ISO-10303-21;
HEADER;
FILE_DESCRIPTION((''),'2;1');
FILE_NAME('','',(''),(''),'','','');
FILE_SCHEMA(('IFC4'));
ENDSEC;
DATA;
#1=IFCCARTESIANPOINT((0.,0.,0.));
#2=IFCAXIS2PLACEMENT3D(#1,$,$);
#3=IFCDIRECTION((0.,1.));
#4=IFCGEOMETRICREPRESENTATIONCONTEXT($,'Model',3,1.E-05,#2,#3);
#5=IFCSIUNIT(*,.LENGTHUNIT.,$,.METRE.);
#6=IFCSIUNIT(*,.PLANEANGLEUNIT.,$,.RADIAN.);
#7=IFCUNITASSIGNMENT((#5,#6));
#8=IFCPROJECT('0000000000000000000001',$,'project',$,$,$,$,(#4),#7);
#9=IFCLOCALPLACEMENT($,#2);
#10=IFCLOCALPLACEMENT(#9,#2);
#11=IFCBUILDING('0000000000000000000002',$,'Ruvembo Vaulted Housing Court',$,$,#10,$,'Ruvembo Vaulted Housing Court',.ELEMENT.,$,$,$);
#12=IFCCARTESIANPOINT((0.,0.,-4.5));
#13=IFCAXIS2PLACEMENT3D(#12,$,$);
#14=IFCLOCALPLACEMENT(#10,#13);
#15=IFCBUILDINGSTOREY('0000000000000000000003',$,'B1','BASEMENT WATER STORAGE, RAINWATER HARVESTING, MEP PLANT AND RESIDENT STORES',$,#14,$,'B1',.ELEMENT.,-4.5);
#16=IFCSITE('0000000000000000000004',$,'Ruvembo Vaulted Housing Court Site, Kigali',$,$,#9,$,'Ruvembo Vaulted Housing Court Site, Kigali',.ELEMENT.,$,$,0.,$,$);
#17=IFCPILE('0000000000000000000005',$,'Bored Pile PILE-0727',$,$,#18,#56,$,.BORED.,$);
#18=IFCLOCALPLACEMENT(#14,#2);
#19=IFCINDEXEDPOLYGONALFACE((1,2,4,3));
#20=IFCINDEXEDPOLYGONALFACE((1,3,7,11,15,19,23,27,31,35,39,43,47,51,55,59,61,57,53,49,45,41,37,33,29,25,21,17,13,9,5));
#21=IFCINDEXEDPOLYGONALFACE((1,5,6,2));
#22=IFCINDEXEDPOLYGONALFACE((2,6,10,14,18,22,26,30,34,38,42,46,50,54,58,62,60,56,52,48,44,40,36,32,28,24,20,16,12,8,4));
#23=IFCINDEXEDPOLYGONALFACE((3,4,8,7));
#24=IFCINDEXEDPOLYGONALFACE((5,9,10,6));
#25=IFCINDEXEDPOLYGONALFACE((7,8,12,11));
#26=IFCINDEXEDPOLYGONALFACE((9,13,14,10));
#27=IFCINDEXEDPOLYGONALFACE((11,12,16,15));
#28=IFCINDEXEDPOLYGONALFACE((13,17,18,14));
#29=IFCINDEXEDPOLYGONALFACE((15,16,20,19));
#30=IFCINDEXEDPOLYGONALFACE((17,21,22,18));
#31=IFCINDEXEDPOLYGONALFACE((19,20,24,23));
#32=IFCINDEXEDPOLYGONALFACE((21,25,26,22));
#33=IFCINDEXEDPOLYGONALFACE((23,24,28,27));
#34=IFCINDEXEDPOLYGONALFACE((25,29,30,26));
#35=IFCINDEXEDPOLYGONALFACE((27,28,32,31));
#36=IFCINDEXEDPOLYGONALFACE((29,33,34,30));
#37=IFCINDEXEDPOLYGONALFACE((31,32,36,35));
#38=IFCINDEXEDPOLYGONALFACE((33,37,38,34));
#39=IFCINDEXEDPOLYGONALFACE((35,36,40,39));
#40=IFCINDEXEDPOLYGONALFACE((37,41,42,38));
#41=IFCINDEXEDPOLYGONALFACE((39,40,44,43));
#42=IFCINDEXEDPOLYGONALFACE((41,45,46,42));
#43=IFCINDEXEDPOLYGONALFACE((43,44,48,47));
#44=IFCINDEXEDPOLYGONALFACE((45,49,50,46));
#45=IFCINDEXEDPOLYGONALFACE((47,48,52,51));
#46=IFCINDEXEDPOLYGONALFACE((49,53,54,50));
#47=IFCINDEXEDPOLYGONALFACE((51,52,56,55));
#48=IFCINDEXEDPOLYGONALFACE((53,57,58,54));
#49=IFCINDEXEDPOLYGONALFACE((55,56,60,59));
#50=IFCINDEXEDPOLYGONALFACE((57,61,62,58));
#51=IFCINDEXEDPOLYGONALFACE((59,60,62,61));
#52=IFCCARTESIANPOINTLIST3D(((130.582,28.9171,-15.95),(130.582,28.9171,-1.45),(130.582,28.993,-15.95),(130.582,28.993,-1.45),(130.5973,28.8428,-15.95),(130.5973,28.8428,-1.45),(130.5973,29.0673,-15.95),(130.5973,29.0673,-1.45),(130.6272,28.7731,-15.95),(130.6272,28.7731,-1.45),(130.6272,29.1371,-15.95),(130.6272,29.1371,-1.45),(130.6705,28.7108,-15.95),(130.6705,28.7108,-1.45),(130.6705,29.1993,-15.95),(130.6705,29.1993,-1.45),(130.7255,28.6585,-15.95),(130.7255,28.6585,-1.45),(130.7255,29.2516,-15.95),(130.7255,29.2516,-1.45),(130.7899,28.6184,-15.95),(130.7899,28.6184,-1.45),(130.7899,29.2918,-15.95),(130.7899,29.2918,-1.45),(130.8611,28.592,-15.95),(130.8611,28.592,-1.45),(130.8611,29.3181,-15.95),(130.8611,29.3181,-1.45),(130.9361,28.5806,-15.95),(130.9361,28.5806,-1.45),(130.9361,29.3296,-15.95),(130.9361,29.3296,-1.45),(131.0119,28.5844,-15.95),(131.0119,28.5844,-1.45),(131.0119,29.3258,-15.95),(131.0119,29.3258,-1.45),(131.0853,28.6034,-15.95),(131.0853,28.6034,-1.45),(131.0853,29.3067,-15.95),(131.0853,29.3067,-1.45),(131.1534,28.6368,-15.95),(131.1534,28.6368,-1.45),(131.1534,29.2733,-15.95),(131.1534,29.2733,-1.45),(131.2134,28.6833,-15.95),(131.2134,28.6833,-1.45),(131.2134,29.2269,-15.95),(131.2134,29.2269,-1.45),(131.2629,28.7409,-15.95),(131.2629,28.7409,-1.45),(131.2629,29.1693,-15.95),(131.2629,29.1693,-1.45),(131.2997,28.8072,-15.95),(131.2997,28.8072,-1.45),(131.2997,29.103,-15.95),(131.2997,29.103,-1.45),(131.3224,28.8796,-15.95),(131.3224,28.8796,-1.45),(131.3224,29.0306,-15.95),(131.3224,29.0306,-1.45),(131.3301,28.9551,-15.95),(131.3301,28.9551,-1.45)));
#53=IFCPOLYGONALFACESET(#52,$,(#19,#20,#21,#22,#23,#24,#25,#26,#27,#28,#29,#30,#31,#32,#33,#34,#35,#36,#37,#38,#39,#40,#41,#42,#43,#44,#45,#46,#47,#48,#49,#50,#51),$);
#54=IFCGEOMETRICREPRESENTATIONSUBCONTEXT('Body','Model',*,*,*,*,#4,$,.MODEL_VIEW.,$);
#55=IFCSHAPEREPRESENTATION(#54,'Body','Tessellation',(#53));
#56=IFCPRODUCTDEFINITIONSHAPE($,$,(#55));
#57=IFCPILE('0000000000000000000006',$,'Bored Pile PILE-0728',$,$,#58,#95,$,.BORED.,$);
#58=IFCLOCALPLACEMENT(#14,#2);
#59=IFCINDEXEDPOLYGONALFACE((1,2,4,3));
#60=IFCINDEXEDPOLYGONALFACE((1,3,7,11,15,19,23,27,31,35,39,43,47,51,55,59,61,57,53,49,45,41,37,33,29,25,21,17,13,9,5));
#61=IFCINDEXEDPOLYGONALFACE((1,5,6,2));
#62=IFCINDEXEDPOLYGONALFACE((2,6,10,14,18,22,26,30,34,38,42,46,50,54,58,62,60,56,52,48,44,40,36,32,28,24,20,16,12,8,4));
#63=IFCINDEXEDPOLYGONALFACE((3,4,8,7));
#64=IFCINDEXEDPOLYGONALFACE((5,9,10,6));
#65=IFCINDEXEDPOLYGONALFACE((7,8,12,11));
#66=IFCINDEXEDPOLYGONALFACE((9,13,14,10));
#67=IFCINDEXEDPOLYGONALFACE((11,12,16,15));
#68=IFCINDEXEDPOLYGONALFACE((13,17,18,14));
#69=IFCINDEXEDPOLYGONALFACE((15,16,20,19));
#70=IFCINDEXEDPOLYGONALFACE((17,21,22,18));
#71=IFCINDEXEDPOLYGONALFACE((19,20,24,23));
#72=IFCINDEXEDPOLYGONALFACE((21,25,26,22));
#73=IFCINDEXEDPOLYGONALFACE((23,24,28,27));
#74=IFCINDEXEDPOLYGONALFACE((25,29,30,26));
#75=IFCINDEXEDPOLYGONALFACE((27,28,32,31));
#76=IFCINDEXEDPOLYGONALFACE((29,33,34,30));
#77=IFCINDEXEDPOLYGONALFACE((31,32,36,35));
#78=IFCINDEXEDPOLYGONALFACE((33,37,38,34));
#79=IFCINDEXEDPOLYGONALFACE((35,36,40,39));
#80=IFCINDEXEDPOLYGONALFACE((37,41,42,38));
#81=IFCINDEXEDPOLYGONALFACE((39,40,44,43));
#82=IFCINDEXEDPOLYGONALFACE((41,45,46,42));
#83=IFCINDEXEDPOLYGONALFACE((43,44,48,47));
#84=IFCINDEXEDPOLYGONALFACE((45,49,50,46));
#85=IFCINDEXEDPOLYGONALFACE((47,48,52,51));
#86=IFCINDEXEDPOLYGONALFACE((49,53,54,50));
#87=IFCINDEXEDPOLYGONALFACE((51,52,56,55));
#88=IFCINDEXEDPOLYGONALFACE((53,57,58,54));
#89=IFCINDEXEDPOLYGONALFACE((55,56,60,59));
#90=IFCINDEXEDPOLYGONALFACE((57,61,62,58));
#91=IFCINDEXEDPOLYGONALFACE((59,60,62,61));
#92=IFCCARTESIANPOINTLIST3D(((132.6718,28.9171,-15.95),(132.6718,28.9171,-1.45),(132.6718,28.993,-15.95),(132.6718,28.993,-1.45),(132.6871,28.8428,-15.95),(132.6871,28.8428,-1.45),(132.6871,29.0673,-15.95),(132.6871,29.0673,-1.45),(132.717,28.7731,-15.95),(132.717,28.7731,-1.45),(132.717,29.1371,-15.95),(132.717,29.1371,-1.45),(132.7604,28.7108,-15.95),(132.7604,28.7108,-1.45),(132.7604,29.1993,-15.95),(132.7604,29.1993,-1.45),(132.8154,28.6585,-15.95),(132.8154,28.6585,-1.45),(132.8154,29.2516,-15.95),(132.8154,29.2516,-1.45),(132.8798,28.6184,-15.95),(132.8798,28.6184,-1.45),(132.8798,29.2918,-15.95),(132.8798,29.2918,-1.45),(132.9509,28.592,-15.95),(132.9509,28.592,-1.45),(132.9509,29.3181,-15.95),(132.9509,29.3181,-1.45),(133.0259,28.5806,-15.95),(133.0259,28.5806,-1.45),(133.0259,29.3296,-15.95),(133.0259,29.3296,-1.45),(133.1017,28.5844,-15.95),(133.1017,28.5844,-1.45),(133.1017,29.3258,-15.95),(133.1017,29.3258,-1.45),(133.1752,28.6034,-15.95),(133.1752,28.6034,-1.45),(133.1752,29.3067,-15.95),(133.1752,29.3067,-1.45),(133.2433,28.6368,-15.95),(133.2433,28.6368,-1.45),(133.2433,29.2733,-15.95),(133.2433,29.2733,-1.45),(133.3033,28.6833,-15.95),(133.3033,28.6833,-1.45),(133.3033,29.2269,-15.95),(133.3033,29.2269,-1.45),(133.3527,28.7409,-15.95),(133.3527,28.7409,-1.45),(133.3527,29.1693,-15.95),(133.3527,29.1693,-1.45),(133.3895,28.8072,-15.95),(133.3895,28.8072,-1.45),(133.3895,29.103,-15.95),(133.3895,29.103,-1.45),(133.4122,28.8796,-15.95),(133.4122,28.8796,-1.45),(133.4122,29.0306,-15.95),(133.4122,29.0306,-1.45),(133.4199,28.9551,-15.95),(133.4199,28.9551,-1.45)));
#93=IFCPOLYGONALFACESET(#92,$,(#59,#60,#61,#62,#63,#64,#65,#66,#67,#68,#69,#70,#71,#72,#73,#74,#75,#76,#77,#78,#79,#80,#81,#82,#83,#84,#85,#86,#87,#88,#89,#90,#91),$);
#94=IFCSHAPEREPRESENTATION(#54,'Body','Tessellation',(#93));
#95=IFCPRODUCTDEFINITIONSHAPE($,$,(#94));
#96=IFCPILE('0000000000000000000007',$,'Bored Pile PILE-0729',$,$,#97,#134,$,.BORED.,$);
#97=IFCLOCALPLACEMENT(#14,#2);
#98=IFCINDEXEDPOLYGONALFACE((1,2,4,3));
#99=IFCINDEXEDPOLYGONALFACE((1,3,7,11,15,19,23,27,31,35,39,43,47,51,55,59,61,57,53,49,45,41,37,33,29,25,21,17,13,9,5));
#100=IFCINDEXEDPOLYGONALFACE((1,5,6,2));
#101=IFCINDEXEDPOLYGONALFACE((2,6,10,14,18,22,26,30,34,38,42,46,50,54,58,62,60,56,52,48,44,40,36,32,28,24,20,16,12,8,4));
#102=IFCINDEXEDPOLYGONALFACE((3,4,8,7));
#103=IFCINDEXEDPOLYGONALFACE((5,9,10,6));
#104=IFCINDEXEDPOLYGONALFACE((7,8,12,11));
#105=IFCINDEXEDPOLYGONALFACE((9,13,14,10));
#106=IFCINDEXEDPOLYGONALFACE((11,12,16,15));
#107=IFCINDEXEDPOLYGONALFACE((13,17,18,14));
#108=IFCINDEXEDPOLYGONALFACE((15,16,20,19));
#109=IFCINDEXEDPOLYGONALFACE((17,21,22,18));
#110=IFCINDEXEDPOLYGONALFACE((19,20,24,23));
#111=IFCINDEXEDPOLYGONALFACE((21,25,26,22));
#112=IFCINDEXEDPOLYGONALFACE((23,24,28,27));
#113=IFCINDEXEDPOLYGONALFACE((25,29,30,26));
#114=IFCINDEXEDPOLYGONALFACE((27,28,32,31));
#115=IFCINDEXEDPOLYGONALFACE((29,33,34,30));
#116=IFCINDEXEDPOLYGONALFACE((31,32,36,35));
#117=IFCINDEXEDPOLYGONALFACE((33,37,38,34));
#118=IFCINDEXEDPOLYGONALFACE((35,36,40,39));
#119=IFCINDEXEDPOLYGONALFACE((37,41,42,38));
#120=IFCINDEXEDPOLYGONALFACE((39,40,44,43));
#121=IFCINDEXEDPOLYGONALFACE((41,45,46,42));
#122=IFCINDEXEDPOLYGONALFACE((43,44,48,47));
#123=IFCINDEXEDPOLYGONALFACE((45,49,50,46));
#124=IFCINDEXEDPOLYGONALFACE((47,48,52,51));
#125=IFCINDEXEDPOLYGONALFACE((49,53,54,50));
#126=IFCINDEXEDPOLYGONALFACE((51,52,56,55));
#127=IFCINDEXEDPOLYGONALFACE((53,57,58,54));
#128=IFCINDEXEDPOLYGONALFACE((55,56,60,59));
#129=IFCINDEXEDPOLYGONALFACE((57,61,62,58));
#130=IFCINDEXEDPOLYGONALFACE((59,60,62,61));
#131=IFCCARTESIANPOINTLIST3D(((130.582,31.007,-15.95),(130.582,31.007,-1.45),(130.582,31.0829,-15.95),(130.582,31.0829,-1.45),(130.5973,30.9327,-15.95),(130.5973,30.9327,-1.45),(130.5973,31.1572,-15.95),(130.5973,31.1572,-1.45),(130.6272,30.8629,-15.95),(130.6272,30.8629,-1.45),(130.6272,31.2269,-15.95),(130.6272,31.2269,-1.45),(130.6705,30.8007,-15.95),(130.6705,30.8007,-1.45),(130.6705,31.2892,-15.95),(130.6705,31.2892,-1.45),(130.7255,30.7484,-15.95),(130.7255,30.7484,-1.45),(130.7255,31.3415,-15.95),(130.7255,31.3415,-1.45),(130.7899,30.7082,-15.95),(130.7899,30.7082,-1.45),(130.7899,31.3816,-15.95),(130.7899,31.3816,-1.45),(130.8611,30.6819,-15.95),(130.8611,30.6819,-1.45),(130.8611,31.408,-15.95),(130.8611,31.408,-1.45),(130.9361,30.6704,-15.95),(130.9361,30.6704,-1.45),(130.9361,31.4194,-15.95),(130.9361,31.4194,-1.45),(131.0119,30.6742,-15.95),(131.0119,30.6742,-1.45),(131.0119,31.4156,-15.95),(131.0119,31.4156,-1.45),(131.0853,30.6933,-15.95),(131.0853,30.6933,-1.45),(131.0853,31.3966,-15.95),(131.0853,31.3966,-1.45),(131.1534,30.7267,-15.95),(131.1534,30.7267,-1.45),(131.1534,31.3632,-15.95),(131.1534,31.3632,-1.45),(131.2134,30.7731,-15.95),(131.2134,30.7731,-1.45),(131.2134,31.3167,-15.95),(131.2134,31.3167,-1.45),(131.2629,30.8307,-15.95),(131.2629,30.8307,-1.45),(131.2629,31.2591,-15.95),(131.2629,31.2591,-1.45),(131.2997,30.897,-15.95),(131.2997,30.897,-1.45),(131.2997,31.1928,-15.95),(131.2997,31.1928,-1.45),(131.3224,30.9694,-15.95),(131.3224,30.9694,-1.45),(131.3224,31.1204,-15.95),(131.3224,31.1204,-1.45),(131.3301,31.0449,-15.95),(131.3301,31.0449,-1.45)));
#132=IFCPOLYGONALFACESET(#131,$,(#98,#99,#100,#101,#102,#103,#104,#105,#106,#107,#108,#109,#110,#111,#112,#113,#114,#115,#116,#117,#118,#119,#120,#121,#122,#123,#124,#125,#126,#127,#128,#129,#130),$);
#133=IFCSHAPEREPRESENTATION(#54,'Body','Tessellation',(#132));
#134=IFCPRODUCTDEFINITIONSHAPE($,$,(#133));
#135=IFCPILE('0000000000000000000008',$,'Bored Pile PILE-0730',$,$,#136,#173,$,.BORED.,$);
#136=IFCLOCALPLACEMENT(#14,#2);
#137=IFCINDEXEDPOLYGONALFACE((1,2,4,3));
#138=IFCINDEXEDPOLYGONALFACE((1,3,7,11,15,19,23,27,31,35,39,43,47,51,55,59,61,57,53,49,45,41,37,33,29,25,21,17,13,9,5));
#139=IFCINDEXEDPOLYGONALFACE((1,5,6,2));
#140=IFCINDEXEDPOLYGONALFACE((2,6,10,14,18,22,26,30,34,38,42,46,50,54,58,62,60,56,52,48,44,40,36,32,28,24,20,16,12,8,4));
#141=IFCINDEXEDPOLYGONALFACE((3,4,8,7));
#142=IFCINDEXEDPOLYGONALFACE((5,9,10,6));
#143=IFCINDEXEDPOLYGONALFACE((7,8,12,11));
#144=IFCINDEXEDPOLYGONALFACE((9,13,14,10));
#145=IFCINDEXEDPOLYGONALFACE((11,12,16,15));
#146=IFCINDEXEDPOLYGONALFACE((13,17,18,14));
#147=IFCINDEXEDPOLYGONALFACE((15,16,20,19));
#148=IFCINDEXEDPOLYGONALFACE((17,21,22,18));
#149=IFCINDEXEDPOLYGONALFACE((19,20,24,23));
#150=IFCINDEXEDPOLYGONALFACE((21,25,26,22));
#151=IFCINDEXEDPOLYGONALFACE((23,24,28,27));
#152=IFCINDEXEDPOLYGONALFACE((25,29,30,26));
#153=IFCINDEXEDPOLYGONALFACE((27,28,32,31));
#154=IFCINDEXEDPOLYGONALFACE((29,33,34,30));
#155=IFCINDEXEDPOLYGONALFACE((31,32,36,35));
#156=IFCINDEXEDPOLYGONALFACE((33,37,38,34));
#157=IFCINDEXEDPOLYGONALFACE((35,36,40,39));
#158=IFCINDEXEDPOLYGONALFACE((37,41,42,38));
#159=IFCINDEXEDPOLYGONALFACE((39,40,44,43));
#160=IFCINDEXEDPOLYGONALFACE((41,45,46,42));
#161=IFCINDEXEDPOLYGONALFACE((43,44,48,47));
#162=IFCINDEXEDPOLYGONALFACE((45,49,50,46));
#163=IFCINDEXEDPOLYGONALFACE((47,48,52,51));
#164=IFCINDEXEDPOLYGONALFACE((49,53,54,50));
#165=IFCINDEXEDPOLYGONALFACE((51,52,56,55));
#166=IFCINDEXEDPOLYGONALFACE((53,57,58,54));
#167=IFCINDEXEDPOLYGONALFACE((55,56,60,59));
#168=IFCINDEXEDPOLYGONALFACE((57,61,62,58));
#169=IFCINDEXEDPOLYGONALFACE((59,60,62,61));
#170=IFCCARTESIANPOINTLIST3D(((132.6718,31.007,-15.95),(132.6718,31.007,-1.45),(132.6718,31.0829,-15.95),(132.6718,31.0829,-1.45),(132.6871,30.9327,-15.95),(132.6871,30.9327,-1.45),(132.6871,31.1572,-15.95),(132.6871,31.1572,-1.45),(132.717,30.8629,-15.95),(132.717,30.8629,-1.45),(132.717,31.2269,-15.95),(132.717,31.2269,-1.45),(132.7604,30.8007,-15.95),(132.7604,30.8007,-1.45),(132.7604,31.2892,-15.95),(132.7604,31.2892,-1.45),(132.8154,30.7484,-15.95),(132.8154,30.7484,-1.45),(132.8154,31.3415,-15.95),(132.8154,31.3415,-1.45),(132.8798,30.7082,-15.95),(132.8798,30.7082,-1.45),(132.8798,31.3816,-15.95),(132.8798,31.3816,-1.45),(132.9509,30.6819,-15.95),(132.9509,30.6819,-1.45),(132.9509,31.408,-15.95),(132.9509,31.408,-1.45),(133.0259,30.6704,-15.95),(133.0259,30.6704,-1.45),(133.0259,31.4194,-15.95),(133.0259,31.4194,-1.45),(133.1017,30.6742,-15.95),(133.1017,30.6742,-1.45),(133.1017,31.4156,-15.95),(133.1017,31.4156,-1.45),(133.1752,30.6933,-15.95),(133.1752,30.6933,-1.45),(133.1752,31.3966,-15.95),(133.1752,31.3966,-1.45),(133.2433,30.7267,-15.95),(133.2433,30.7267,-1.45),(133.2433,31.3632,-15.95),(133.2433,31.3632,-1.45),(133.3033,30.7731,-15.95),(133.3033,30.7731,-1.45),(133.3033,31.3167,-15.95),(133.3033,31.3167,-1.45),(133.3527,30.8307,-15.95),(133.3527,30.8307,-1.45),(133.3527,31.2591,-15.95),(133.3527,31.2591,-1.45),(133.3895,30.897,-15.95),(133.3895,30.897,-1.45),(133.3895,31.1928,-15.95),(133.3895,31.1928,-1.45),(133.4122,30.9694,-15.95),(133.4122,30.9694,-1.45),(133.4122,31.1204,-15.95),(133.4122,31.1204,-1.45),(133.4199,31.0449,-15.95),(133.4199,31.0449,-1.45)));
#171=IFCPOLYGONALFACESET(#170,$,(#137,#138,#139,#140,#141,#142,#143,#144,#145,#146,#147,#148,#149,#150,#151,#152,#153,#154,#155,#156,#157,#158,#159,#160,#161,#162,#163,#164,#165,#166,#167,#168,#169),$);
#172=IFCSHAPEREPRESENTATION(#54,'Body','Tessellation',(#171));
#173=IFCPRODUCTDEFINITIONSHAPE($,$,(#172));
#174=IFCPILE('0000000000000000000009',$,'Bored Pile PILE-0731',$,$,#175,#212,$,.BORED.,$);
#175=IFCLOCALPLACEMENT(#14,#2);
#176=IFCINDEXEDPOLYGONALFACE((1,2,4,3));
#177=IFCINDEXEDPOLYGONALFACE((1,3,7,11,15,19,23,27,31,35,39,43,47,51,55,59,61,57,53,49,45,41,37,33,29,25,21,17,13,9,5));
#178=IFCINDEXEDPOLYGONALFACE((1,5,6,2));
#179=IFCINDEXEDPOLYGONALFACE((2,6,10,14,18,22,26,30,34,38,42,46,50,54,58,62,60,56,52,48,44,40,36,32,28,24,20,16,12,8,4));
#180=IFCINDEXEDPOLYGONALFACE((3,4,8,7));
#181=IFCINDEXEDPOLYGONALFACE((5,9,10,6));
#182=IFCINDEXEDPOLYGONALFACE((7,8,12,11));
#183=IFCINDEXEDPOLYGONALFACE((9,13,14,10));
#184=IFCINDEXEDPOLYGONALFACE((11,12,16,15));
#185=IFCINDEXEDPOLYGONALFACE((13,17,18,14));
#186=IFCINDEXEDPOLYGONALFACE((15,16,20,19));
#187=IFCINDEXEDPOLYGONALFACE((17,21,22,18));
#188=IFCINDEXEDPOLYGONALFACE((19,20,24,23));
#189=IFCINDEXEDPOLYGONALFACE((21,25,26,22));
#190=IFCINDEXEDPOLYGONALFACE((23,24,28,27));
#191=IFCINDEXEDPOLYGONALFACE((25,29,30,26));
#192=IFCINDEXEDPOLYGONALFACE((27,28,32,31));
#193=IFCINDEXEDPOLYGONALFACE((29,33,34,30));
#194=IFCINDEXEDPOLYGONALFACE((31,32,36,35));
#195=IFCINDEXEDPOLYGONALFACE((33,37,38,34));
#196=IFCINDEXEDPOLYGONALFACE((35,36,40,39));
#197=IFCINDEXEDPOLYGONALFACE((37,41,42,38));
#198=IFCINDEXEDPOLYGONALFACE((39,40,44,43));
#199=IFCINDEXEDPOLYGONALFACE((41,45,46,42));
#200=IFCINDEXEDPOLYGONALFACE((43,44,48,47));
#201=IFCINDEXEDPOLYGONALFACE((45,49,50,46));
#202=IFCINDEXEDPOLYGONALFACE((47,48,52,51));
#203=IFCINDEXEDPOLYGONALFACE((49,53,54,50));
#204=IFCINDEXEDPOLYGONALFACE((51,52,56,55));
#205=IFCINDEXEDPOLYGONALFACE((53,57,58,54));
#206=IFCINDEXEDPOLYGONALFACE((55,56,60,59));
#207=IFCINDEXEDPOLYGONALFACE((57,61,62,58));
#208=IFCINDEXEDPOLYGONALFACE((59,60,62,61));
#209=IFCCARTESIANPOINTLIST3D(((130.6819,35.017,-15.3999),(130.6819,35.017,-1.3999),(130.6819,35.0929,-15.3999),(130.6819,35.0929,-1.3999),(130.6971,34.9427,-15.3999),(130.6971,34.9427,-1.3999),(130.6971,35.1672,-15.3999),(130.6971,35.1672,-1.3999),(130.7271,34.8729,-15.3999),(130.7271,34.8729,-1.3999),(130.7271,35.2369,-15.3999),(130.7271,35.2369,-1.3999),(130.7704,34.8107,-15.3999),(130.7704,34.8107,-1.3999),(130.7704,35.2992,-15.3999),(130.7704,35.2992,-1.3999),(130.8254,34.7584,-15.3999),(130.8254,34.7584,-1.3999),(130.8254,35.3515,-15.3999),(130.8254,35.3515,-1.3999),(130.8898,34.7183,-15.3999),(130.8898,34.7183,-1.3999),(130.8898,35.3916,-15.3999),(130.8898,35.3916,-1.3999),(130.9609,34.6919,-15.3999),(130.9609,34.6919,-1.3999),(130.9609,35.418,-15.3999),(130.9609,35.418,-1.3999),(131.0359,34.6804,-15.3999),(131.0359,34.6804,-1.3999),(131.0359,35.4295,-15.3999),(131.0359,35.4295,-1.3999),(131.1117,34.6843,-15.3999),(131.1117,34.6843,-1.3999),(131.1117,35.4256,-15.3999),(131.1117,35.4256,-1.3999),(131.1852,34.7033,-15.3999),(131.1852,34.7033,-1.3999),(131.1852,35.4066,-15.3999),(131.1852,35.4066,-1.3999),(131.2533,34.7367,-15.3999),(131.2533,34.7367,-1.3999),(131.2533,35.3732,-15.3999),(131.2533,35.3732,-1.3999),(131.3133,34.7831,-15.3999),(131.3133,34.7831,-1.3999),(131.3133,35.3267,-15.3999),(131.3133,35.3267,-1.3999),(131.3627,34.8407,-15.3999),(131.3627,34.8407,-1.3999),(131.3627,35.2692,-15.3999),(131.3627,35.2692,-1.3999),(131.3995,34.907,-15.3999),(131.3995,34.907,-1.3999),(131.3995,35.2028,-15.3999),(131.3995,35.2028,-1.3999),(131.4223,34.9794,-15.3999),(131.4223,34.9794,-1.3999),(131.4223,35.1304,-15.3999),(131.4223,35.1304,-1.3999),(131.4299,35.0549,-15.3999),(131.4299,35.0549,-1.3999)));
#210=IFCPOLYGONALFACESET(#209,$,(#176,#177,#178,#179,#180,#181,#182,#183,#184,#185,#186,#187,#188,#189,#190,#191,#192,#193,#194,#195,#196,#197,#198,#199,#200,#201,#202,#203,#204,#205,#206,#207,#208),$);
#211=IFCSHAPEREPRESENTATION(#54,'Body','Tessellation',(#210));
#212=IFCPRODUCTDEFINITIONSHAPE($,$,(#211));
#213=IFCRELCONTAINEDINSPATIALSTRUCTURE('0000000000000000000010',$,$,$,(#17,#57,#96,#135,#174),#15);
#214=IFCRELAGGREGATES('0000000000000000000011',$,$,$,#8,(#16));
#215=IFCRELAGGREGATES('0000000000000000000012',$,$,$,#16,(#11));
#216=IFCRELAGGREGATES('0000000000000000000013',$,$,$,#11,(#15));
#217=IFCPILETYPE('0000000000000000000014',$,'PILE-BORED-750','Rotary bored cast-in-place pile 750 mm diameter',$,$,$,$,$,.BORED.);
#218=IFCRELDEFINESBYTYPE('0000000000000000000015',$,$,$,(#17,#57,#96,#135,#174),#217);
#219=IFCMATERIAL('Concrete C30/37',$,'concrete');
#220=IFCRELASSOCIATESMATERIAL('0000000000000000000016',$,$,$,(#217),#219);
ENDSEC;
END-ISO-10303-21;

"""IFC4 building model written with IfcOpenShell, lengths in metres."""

from ifc_helpers import new_model, si_unit, direction, frame, origin, origin_2d, place, context, subcontext, project, spatial, circle, extrude, material, material_profile, profile_set, type_object, element, save


model = new_model("IFC4")

# Units and contexts
model_context = context("Model", 3, precision=1e-05, world=origin(), true_north=direction((0.0, 1.0)))
body_context = subcontext(model_context, "Body", "Model", "MODEL_VIEW")
ifc_project = project(units=[si_unit("LENGTHUNIT", "METRE"), si_unit("PLANEANGLEUNIT", "RADIAN")], contexts=[model_context])

# Site, building, storey
site_placement = place(None, origin())
site = spatial("IfcSite", under=ifc_project, at=site_placement, Name="Ruvembo Vaulted Housing Court Site, Kigali", LongName="Ruvembo Vaulted Housing Court Site, Kigali", CompositionType="ELEMENT", RefElevation=0.0)
building_placement = place(site_placement, origin())
building = spatial("IfcBuilding", under=site, at=building_placement, Name="Ruvembo Vaulted Housing Court", LongName="Ruvembo Vaulted Housing Court", CompositionType="ELEMENT")
storey_placement = place(building_placement, frame((0.0, 0.0, -4.5)))
storey = spatial("IfcBuildingStorey", under=building, at=storey_placement, Name="B1", Description="BASEMENT WATER STORAGE, RAINWATER HARVESTING, MEP PLANT AND RESIDENT STORES", LongName="B1", CompositionType="ELEMENT", Elevation=-4.5)

# Piles
ifc_material_1 = material(Name="Concrete C30/37", Category="concrete")
ifc_material_profile_1 = material_profile(ifc_material_1, circle(Radius=0.375, at=origin_2d()), Name="PILE D750")
ifc_profile_set_1 = profile_set([ifc_material_profile_1], Name="Concrete C30/37")
pile_type = type_object("IfcPileType", Name="PILE-BORED-750", Description="Rotary bored cast-in-place pile 750 mm diameter", PredefinedType="BORED", material=ifc_profile_set_1)
for number, where, z_axis, x_axis, name in (
    (1, (130.9551, 28.9551, -1.45), (0.0, 0.0, -1.0), (1.0, 0.0, 0.0), "Bored Pile PILE-0727"),
    (2, (133.0449, 28.9551, -1.45), (0.0, 0.0, -1.0), (1.0, 0.0, 0.0), "Bored Pile PILE-0728"),
    (3, (130.9551, 31.0449, -1.45), (0.0, 0.0, -1.0), (1.0, 0.0, 0.0), "Bored Pile PILE-0729"),
    (4, (133.0449, 31.0449, -1.45), (0.0, 0.0, -1.0), (1.0, 0.0, 0.0), "Bored Pile PILE-0730"),
):
    element("IfcPile", number, at=place(storey_placement, frame(where, z_axis=z_axis, x_axis=x_axis)), inside=storey, type_object=pile_type, Name=name, PredefinedType="BORED", context=body_context, shape_type="SweptSolid", body=[
        extrude(circle(Radius=0.375, at=origin_2d()), origin(), (0.0, 0.0, 1.0), 14.5),
    ])
for number, where, z_axis, x_axis, name in (
    (5, (131.0549, 35.0549, -1.3999), (0.0, 0.0, -1.0), (1.0, 0.0, 0.0), "Bored Pile PILE-0731"),
):
    element("IfcPile", number, at=place(storey_placement, frame(where, z_axis=z_axis, x_axis=x_axis)), inside=storey, type_object=pile_type, Name=name, PredefinedType="BORED", context=body_context, shape_type="SweptSolid", body=[
        extrude(circle(Radius=0.375, at=origin_2d()), origin(), (0.0, 0.0, 1.0), 14.0),
    ])

save(model, "model.ifc")
